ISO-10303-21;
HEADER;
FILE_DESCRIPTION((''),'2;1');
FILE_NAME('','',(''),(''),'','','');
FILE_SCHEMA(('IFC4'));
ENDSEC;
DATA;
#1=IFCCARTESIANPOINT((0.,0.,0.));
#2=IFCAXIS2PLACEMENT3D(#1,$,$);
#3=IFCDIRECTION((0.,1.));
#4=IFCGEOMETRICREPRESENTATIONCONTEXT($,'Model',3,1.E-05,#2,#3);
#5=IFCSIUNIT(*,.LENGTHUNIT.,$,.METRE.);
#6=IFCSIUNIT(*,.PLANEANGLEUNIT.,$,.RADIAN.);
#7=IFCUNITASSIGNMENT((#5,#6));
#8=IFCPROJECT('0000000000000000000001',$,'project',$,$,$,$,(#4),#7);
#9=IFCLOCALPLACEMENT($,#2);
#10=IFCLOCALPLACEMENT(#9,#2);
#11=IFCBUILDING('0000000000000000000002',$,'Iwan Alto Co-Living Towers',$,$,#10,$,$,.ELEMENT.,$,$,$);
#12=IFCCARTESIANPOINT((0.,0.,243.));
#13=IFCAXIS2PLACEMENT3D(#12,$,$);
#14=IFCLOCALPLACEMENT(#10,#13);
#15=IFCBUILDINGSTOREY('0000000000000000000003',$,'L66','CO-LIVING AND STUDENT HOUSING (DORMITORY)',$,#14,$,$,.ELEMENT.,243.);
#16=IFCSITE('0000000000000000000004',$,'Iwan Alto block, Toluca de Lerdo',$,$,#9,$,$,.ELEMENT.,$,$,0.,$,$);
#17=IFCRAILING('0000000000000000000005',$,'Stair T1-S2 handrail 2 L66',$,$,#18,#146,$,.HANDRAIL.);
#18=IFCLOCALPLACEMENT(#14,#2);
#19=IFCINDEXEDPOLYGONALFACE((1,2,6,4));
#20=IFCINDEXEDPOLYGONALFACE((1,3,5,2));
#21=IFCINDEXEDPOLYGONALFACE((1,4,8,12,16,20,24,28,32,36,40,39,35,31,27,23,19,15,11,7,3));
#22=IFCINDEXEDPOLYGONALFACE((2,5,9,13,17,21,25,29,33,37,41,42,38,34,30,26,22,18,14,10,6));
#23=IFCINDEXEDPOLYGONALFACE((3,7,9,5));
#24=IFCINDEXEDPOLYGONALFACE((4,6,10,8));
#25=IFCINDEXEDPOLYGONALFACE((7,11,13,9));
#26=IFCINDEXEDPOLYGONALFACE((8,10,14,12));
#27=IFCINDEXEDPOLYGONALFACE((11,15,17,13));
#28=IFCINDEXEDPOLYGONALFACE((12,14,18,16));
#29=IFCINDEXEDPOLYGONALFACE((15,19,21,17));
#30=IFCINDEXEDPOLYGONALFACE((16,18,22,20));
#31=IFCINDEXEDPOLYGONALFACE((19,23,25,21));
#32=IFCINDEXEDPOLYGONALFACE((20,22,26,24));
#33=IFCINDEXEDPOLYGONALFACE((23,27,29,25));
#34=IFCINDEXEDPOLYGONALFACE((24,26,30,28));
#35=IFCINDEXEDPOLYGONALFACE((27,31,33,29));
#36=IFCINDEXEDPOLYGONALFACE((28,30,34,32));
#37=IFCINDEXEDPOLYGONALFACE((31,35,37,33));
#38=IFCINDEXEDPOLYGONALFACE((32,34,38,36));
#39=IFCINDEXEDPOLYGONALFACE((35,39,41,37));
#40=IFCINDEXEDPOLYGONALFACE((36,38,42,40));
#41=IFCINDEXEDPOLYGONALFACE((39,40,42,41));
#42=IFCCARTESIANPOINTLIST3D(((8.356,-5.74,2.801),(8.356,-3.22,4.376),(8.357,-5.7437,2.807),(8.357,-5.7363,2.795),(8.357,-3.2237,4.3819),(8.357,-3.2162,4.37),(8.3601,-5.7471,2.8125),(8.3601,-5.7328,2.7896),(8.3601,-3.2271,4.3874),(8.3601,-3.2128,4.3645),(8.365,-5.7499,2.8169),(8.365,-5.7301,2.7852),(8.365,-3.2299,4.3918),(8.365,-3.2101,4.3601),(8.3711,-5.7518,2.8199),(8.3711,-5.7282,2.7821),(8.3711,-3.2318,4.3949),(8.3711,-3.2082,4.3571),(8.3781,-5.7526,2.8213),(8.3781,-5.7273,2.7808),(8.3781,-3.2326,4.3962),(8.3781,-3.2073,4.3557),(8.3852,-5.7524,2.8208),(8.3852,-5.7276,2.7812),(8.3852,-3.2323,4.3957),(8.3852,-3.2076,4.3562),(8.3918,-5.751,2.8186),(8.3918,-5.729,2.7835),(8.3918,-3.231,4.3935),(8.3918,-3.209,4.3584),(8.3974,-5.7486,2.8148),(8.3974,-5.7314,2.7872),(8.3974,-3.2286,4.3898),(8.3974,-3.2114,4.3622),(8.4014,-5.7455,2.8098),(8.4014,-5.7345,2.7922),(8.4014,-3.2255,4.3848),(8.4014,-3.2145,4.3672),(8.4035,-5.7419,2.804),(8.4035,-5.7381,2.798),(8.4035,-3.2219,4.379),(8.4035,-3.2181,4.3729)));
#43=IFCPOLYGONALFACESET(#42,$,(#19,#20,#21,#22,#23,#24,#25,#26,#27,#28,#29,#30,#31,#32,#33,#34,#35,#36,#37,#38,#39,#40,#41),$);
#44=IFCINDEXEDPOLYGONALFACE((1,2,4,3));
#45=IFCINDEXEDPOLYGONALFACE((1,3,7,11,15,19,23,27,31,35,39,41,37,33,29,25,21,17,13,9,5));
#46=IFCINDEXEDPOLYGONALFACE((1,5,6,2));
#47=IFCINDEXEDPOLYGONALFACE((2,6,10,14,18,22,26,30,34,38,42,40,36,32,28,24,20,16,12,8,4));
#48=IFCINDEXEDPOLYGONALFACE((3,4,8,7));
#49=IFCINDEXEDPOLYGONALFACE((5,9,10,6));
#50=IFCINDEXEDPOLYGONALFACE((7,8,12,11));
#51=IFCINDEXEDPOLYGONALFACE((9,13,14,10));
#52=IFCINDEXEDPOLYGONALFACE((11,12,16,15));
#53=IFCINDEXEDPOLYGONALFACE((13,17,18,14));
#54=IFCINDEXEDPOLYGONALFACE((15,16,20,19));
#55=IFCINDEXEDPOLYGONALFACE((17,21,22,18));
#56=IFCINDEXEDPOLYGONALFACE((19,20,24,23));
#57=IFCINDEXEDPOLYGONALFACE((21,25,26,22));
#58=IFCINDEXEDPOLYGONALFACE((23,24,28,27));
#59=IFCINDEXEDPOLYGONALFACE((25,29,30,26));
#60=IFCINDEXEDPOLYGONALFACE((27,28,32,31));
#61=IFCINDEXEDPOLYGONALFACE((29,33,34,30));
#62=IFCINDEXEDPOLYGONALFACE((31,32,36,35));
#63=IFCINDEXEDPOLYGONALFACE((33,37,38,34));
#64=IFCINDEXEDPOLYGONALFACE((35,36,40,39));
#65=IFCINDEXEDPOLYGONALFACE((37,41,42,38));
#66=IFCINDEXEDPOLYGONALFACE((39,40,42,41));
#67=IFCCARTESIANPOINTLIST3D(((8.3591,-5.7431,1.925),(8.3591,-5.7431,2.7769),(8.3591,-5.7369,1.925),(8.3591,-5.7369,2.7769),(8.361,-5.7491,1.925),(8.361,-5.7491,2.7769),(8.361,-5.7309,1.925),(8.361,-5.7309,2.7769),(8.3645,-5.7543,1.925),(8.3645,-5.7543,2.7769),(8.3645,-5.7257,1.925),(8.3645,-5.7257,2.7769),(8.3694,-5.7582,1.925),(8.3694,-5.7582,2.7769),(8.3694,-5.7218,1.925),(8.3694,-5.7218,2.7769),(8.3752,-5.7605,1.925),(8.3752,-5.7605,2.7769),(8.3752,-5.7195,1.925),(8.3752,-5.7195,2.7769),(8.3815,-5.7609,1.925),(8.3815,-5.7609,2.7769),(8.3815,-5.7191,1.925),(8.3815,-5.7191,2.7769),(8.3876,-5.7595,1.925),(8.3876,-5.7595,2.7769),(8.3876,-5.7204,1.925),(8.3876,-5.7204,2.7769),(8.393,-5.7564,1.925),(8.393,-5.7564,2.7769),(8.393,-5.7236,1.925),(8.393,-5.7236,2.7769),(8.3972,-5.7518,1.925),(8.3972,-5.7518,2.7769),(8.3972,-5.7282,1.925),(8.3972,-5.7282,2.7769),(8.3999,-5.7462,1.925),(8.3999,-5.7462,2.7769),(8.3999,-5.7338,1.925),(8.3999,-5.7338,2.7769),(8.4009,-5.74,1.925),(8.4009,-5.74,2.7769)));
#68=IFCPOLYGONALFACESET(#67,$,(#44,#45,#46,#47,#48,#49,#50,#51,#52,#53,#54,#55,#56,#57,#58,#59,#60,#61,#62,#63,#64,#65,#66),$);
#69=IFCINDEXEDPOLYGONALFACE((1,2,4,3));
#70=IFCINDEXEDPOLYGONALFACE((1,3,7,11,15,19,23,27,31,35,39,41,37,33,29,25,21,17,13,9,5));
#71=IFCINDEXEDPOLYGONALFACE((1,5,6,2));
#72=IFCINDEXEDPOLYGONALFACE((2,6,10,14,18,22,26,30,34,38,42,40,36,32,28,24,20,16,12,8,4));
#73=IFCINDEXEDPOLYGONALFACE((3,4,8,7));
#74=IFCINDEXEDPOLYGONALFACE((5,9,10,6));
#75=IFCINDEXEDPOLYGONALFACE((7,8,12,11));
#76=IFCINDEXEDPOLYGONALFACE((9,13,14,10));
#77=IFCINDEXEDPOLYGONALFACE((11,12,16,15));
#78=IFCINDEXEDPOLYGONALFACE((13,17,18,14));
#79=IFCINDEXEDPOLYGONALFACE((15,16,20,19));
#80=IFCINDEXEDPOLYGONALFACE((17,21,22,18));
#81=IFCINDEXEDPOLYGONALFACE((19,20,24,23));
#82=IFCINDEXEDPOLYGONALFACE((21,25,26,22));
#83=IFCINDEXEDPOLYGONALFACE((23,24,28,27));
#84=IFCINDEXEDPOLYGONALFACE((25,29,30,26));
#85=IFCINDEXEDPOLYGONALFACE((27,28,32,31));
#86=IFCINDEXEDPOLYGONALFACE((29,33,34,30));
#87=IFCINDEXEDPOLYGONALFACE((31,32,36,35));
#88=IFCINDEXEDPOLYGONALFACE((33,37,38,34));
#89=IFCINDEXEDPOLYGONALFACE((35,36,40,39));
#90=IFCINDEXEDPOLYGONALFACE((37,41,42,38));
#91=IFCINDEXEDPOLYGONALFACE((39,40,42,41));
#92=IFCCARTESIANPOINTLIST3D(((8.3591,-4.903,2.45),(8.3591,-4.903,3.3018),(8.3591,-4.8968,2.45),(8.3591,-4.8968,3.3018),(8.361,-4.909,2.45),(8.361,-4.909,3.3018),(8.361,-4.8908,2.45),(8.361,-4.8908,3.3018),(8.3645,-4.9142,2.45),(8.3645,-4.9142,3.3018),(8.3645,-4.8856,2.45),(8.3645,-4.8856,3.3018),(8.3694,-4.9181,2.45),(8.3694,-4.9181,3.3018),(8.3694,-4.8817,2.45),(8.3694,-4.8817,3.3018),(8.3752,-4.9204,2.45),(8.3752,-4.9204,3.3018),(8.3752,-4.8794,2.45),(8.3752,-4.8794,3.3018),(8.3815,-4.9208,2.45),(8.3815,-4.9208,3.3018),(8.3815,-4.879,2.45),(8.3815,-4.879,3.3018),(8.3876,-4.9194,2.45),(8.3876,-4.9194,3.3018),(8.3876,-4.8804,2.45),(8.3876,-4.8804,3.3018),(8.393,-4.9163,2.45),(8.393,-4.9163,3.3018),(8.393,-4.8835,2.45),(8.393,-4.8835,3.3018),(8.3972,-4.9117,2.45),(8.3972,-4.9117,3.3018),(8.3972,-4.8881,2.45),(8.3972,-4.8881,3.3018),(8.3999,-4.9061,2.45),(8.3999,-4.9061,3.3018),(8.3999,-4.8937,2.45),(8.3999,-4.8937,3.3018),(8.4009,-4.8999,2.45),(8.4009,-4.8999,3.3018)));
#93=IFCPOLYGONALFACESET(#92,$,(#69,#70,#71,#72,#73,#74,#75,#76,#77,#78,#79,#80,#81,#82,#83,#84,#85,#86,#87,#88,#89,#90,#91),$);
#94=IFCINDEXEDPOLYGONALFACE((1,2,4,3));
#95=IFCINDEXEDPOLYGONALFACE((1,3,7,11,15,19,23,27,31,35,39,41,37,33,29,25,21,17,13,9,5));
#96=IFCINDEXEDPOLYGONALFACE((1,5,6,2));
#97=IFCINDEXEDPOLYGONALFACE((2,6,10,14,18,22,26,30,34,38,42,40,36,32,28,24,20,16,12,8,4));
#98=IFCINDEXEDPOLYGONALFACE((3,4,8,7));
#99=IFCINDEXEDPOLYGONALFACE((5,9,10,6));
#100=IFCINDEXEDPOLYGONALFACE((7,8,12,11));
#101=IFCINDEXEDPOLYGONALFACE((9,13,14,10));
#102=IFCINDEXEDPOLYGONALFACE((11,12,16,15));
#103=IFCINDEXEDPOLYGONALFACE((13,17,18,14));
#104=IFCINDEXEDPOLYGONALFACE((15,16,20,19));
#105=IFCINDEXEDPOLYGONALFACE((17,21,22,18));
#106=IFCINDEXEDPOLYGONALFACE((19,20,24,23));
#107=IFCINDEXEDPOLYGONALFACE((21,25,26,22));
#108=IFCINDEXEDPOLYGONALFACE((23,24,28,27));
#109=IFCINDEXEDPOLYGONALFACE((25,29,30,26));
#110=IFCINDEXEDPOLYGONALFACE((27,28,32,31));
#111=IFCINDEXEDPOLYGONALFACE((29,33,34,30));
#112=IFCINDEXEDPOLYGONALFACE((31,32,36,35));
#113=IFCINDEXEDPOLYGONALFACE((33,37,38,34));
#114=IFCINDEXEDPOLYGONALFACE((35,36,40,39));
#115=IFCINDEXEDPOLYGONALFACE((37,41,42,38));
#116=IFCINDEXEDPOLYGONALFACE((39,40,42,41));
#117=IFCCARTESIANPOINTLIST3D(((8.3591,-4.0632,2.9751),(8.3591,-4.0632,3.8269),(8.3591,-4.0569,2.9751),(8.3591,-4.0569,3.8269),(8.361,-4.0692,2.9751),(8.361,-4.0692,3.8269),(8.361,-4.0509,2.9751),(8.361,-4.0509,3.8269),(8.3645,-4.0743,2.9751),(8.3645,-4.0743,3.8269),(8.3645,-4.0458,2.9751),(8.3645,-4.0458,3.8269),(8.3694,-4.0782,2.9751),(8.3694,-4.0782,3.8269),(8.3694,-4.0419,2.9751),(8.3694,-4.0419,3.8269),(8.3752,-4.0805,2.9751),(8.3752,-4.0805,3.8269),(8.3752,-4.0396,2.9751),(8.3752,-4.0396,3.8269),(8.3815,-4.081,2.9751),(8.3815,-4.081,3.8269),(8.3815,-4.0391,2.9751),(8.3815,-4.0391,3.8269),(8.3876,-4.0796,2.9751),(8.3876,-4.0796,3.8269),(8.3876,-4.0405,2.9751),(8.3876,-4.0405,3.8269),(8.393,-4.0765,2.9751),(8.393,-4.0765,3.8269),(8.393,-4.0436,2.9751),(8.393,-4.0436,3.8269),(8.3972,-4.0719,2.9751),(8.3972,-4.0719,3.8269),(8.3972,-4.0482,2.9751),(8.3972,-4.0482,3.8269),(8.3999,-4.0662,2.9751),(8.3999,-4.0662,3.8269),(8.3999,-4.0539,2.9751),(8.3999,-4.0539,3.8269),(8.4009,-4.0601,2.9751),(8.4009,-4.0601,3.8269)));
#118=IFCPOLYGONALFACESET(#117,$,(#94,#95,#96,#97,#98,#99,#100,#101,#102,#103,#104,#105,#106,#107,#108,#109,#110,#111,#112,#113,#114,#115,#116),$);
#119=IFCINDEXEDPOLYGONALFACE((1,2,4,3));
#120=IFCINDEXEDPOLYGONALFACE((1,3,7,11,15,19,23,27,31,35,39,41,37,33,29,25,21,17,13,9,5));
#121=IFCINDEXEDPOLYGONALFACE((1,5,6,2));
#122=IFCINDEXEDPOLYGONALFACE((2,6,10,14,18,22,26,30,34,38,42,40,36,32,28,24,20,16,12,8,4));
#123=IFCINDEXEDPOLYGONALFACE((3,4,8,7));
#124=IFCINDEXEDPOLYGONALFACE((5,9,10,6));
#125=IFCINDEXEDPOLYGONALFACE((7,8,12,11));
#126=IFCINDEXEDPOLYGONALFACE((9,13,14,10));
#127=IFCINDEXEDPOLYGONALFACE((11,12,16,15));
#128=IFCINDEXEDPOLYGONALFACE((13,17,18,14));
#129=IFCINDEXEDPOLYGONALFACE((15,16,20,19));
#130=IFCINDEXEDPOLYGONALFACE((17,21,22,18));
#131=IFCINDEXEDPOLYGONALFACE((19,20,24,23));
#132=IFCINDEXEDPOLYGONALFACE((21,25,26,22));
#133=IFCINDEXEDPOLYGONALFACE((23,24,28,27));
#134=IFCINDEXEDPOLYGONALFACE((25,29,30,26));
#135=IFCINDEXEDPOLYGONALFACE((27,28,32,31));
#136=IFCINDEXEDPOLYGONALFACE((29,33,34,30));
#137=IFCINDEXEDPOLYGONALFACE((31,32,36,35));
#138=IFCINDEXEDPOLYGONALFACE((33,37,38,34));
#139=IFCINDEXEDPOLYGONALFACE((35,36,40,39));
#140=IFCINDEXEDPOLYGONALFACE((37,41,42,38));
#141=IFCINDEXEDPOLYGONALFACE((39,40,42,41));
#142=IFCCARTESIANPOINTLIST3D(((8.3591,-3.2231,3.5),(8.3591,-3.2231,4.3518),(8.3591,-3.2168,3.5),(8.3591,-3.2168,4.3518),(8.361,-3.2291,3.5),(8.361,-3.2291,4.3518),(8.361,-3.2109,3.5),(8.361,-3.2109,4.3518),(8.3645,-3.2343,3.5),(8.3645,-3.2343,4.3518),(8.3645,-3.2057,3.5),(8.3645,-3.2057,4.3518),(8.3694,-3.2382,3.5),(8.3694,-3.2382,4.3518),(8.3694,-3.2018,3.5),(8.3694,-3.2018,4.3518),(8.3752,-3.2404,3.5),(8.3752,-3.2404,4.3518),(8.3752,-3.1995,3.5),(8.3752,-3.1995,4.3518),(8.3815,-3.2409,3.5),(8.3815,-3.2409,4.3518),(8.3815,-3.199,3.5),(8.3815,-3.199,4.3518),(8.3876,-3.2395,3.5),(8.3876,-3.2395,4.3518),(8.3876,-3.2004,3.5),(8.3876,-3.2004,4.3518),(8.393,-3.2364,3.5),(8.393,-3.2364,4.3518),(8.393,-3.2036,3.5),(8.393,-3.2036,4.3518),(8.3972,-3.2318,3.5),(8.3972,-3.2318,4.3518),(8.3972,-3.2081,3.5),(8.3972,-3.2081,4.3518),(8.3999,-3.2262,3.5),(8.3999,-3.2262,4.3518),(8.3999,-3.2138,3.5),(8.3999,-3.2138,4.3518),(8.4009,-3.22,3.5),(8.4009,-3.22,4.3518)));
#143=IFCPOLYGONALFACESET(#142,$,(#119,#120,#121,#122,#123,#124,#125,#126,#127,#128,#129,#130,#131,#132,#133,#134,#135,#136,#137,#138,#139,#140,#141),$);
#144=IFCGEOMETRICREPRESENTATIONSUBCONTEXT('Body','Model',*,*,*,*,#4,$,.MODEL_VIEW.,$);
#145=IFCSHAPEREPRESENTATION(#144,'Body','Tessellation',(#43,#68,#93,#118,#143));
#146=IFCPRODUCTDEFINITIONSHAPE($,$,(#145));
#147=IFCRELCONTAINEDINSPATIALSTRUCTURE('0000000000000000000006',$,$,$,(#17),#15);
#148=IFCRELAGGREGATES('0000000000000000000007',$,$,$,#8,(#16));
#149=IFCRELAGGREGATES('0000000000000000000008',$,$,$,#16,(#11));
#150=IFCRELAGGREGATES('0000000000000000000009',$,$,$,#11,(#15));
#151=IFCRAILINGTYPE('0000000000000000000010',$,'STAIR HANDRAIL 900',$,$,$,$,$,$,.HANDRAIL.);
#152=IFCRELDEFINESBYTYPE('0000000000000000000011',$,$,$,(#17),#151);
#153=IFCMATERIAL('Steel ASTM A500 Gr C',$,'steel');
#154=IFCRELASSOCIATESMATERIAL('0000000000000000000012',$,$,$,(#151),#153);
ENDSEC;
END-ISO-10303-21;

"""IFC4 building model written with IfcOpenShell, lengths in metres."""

from ifc_helpers import new_model, si_unit, direction, frame, origin, origin_2d, place, context, subcontext, project, spatial, circle, extrude, material, type_object, element, save


model = new_model("IFC4")

# Units and contexts
model_context = context("Model", 3, precision=1e-05, world=origin(), true_north=direction((0.0, 1.0)))
body_context = subcontext(model_context, "Body", "Model", "MODEL_VIEW")
ifc_project = project(units=[si_unit("LENGTHUNIT", "METRE"), si_unit("PLANEANGLEUNIT", "RADIAN")], contexts=[model_context])

# Site, building, storey
site_placement = place(None, origin())
site = spatial("IfcSite", under=ifc_project, at=site_placement, Name="Iwan Alto block, Toluca de Lerdo", CompositionType="ELEMENT", RefElevation=0.0)
building_placement = place(site_placement, origin())
building = spatial("IfcBuilding", under=site, at=building_placement, Name="Iwan Alto Co-Living Towers", CompositionType="ELEMENT")
storey_placement = place(building_placement, frame((0.0, 0.0, 243.0)))
storey = spatial("IfcBuildingStorey", under=building, at=storey_placement, Name="L66", Description="CO-LIVING AND STUDENT HOUSING (DORMITORY)", CompositionType="ELEMENT", Elevation=243.0)

# Railing
ifc_material_1 = material(Name="Steel ASTM A500 Gr C", Category="steel")
railing_type_1 = type_object("IfcRailingType", Name="STAIR HANDRAIL 900", PredefinedType="HANDRAIL", material=ifc_material_1)
railing_1_placement = place(storey_placement, frame((8.3799, -5.74, 1.925)))
element("IfcRailing", 1, at=railing_1_placement, inside=storey, type_object=railing_type_1, Name="Stair T1-S2 handrail 2 L66", PredefinedType="HANDRAIL", context=body_context, shape_type="SweptSolid", body=[
    extrude(circle(Radius=0.0239, at=origin_2d()), frame((0.0, 0.0, 0.876), z_axis=(0.0, 0.848008, 0.529984), x_axis=(-1.0, 0.0, 0.0)), (0.0, 0.0, 1.0), 2.9717),
    extrude(circle(Radius=0.021, at=origin_2d()), origin(), (0.0, 0.0, 1.0), 0.8518),
    extrude(circle(Radius=0.021, at=origin_2d()), frame((0.0, 0.8401, 0.5249)), (0.0, 0.0, 1.0), 0.8518),
    extrude(circle(Radius=0.021, at=origin_2d()), frame((0.0, 1.6799, 1.05)), (0.0, 0.0, 1.0), 0.8518),
    extrude(circle(Radius=0.021, at=origin_2d()), frame((0.0, 2.52, 1.575)), (0.0, 0.0, 1.0), 0.8518),
])

save(model, "model.ifc")
